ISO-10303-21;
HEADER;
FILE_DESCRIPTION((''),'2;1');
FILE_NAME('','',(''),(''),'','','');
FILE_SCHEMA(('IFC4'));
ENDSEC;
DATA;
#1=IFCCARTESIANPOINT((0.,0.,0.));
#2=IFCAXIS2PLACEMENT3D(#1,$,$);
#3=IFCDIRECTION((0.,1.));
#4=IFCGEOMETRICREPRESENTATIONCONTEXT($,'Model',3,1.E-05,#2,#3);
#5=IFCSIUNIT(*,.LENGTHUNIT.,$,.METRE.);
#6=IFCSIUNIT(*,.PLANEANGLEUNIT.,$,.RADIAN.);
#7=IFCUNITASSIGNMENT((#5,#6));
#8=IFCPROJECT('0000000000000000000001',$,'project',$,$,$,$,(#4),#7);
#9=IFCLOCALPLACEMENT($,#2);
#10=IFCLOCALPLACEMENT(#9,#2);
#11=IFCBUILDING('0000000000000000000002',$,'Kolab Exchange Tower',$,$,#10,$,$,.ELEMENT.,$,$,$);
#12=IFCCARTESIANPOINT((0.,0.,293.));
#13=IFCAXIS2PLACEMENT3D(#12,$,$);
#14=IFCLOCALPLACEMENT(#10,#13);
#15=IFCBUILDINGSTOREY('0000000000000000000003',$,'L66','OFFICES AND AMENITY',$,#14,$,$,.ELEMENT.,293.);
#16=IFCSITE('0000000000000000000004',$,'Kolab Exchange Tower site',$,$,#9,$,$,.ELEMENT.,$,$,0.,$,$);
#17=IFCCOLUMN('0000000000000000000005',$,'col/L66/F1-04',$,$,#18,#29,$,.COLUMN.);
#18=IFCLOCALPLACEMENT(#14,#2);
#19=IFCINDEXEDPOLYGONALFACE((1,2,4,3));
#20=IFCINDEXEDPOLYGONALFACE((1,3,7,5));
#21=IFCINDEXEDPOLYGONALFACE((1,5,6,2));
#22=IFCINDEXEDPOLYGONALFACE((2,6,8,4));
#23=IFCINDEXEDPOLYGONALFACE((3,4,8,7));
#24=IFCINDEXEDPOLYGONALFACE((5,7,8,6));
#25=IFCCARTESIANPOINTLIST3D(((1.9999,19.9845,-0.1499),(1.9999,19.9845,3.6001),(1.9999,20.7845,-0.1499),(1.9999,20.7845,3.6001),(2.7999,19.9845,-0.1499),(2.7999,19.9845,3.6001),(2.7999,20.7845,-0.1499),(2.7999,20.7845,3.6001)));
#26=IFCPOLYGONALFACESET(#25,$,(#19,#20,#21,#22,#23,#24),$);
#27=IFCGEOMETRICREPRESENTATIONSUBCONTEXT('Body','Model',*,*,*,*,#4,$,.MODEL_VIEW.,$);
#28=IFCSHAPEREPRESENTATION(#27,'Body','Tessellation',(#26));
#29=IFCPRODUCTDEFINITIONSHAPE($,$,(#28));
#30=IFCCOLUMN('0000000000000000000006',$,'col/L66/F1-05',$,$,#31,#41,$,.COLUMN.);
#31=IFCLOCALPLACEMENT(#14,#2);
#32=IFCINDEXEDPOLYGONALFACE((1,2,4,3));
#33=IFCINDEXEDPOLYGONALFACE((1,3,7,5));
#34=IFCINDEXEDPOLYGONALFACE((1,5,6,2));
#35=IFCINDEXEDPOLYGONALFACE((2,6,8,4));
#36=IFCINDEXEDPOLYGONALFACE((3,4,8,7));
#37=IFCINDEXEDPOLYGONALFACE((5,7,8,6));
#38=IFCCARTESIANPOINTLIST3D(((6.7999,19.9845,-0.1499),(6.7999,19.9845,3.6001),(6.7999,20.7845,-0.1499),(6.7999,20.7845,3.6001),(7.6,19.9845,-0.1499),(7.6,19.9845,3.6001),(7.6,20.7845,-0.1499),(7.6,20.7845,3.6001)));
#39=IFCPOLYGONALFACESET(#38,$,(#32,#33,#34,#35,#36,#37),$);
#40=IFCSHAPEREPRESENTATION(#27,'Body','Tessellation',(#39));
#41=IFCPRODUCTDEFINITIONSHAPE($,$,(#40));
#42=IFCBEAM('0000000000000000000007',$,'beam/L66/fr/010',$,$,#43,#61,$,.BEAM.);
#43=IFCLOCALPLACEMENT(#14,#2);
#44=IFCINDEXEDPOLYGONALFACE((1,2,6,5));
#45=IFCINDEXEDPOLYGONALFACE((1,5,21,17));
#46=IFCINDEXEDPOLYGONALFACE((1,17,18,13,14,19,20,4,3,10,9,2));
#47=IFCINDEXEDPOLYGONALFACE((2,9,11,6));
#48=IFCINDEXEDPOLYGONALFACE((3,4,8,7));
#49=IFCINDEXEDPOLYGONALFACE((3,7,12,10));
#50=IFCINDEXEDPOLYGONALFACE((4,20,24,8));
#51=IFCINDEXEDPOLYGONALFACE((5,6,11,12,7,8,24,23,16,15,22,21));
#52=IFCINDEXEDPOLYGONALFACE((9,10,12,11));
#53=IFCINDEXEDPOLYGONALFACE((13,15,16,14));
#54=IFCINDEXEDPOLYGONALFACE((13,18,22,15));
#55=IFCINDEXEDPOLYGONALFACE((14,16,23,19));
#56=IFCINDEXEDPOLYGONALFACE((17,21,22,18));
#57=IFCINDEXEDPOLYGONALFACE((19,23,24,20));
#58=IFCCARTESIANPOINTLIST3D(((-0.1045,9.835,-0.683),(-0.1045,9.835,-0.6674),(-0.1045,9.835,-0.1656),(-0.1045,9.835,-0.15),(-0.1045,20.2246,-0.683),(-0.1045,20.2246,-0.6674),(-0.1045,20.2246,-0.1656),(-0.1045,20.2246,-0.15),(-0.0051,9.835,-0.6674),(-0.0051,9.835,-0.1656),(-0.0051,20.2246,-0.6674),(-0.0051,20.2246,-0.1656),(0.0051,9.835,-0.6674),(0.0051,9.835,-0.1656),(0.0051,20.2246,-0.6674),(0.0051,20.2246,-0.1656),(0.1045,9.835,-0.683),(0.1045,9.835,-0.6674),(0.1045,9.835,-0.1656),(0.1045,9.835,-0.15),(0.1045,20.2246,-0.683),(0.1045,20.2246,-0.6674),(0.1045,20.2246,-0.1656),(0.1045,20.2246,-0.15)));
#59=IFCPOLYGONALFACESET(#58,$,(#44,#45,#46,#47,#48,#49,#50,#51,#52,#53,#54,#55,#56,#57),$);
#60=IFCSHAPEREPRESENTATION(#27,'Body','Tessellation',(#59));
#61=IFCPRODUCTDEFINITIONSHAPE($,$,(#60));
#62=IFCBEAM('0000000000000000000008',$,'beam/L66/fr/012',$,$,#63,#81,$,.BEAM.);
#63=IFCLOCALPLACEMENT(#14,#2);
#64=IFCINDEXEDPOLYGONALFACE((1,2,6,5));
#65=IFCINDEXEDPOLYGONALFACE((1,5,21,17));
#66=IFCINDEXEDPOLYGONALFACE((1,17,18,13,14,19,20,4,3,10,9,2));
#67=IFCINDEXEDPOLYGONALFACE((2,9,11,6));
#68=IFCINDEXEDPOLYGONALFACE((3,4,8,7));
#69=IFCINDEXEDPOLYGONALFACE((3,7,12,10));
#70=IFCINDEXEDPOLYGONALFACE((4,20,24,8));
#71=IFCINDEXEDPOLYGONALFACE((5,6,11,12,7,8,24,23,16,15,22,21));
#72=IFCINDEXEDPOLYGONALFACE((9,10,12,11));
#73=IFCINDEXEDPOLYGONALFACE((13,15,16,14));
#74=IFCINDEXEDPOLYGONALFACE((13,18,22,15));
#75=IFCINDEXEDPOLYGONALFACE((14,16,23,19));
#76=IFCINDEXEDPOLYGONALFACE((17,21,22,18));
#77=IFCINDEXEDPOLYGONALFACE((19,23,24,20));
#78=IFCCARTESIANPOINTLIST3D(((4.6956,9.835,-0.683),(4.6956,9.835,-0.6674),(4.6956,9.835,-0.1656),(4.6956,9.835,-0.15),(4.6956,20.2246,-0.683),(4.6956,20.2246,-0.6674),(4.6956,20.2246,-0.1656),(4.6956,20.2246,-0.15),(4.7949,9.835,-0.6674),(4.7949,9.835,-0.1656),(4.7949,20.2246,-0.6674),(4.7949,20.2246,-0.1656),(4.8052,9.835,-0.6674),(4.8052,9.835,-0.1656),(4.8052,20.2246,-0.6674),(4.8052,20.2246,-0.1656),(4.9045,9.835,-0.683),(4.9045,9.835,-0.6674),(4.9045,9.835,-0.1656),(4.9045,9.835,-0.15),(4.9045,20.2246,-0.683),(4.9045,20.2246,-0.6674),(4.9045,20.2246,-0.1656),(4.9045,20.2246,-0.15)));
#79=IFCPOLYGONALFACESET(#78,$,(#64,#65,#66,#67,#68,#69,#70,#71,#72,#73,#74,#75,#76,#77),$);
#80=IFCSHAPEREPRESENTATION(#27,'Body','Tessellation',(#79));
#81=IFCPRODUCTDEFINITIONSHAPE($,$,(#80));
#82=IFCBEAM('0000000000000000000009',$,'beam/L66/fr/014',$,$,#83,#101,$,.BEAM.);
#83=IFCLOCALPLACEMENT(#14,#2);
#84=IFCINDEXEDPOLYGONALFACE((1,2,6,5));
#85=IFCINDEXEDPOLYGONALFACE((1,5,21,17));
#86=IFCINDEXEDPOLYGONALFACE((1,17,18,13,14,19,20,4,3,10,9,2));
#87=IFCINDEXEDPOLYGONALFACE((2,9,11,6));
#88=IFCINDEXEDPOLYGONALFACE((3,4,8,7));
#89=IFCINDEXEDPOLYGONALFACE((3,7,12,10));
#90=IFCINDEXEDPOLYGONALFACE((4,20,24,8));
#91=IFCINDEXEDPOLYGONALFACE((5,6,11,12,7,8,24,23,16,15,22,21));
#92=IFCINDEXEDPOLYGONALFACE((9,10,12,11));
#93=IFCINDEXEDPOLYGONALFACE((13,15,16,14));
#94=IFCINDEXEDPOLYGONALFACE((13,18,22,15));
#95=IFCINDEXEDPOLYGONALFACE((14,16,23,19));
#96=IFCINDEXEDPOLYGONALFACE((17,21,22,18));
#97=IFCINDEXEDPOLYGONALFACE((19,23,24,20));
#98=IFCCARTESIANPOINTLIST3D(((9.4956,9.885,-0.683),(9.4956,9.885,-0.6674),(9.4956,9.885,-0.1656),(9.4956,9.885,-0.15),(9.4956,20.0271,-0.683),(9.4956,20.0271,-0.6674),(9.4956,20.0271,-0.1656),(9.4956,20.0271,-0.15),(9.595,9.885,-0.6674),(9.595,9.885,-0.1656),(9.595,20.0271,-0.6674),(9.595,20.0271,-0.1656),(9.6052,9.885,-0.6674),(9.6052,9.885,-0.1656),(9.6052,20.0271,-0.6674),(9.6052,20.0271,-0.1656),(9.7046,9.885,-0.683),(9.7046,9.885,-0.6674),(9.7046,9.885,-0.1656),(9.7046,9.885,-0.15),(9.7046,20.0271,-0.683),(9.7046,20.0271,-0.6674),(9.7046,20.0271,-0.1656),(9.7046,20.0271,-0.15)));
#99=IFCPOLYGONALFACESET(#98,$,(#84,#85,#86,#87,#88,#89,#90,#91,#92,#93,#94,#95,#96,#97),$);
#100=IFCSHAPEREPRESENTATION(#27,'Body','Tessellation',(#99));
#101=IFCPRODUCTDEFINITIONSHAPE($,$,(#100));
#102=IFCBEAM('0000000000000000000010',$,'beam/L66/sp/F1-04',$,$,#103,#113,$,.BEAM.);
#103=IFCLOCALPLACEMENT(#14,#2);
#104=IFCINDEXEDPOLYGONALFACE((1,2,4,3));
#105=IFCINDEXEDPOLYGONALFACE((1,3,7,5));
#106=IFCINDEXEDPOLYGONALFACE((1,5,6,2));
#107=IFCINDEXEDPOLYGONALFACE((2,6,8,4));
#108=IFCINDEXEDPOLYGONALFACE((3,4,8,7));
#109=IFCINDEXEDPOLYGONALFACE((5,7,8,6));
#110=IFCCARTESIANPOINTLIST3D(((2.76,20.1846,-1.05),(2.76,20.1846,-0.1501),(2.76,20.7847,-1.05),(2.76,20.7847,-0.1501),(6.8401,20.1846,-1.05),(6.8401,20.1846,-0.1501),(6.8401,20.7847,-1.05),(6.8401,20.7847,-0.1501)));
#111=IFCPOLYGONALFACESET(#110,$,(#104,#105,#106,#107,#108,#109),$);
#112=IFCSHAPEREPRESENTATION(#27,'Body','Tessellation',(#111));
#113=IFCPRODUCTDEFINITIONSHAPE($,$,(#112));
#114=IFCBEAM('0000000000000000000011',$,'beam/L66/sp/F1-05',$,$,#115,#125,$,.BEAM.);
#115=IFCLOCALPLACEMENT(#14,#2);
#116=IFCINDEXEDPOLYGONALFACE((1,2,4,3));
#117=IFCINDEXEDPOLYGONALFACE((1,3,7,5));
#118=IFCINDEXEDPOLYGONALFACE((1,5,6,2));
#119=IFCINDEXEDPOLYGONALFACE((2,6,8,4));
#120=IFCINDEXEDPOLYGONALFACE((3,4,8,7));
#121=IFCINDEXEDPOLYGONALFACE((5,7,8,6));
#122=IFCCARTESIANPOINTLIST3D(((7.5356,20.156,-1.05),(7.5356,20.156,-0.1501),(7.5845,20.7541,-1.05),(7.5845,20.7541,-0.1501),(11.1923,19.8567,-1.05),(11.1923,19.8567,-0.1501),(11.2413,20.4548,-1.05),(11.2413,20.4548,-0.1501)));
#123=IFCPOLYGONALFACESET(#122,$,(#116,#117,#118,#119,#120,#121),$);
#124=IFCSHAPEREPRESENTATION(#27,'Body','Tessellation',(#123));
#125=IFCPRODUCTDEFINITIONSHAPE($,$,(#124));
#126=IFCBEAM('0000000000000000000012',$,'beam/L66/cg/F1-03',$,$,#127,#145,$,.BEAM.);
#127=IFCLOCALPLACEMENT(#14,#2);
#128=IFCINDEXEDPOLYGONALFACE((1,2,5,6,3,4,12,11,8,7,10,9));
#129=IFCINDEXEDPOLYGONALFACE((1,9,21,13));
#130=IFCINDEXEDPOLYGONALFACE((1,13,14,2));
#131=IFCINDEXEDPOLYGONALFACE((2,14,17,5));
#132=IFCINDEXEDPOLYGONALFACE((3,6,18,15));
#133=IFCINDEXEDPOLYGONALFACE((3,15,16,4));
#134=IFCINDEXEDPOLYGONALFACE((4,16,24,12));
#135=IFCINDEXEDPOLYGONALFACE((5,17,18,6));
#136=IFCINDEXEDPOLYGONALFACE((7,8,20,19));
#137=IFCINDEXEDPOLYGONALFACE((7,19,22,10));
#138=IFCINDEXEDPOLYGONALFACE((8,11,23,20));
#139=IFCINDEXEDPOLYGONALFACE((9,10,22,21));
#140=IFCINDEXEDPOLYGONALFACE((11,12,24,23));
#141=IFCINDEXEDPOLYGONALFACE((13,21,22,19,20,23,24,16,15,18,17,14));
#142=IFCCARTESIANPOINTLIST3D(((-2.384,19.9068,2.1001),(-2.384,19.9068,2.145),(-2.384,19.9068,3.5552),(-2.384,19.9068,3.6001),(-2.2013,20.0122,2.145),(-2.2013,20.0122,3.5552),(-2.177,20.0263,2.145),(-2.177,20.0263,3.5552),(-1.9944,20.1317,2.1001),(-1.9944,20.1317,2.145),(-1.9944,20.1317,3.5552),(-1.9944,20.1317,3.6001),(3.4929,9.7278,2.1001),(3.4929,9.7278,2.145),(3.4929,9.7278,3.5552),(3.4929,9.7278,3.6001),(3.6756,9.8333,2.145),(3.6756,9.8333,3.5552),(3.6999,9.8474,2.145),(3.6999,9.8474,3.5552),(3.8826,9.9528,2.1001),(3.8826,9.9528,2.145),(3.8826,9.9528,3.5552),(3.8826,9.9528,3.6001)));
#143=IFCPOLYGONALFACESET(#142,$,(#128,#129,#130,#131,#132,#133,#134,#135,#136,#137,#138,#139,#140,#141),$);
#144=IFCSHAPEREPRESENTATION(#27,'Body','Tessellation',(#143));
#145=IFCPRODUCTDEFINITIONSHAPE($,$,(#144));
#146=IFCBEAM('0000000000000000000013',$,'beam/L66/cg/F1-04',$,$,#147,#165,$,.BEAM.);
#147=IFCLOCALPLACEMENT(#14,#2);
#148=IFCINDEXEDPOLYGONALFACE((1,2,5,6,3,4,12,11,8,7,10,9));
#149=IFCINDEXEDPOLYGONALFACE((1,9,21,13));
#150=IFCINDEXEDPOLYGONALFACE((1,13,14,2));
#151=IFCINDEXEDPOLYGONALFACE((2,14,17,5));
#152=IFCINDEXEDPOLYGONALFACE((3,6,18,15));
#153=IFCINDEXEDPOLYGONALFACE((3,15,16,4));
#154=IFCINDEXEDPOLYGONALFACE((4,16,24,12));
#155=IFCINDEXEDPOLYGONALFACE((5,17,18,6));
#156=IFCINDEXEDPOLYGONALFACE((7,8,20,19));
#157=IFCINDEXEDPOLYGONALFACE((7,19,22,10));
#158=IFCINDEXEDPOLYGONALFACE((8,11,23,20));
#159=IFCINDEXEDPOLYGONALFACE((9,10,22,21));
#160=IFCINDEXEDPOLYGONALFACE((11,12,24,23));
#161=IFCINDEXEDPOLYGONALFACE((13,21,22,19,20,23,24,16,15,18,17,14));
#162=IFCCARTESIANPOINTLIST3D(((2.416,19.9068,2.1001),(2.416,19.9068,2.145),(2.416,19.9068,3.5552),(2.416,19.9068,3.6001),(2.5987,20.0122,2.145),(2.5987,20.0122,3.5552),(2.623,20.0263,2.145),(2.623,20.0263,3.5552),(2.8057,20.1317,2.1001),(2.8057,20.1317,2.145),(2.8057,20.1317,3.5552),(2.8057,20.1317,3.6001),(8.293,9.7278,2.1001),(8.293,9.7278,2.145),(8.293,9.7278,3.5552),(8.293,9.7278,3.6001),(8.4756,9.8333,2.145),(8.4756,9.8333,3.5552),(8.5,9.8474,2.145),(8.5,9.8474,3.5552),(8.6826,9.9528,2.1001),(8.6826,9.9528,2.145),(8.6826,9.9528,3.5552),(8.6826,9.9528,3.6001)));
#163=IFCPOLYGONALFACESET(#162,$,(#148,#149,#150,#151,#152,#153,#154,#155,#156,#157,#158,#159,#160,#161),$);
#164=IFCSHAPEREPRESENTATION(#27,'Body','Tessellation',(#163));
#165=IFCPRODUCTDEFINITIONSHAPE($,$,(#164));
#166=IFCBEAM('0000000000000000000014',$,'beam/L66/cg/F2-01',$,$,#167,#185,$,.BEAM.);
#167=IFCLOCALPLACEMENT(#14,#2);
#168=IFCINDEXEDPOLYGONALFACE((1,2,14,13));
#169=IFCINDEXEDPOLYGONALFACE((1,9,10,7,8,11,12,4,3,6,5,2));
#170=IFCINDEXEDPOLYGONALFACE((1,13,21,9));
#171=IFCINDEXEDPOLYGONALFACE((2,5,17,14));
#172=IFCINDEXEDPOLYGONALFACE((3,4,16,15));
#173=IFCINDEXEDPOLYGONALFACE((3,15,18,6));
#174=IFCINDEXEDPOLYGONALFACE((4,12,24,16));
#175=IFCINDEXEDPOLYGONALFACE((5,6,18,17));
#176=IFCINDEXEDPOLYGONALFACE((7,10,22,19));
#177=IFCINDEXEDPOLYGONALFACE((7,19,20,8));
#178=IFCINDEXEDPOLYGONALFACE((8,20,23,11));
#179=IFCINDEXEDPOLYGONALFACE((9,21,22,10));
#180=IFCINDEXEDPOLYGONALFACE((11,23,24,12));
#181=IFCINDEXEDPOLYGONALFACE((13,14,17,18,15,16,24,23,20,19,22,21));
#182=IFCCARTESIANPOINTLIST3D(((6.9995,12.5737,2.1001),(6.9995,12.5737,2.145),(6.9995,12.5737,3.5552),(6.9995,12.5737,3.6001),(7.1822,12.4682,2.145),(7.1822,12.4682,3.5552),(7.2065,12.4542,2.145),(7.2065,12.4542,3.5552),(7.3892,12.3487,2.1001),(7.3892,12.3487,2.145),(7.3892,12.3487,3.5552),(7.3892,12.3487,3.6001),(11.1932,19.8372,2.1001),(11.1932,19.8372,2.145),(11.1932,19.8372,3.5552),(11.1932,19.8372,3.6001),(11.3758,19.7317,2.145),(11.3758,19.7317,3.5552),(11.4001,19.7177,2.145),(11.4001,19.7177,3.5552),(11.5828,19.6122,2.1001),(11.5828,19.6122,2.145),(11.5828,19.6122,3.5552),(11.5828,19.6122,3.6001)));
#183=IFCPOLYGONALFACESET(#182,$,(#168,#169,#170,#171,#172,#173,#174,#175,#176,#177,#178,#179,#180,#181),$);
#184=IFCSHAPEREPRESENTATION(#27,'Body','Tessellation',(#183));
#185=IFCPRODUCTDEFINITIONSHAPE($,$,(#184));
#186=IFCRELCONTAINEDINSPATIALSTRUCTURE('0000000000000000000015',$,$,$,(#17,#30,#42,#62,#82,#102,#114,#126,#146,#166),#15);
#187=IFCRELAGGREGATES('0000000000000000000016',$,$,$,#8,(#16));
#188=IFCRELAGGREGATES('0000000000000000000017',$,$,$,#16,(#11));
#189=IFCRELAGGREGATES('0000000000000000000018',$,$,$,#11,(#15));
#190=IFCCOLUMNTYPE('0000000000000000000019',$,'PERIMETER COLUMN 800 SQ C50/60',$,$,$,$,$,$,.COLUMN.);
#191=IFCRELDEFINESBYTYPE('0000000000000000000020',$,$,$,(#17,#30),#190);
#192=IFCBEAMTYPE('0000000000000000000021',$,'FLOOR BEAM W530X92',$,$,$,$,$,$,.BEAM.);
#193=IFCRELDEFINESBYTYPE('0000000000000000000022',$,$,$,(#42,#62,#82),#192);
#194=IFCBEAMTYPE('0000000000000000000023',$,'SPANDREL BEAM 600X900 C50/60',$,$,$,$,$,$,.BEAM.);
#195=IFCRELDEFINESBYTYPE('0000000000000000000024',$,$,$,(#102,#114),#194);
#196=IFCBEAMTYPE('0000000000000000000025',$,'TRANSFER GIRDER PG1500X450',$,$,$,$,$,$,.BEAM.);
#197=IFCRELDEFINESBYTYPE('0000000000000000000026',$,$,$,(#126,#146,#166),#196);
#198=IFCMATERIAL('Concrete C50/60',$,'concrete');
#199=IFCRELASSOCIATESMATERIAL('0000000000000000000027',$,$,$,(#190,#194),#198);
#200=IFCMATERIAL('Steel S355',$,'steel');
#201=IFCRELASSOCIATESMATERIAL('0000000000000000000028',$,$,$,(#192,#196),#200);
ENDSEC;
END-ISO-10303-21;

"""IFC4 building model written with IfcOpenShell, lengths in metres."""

from ifc_helpers import new_model, si_unit, direction, frame, origin, origin_2d, place, context, subcontext, project, spatial, rectangle, i_section, extrude, material, material_profile, profile_set, type_object, element, save


model = new_model("IFC4")

# Units and contexts
model_context = context("Model", 3, precision=1e-05, world=origin(), true_north=direction((0.0, 1.0)))
body_context = subcontext(model_context, "Body", "Model", "MODEL_VIEW")
ifc_project = project(units=[si_unit("LENGTHUNIT", "METRE"), si_unit("PLANEANGLEUNIT", "RADIAN")], contexts=[model_context])

# Site, building, storey
site_placement = place(None, origin())
site = spatial("IfcSite", under=ifc_project, at=site_placement, Name="Kolab Exchange Tower site", CompositionType="ELEMENT", RefElevation=0.0)
building_placement = place(site_placement, origin())
building = spatial("IfcBuilding", under=site, at=building_placement, Name="Kolab Exchange Tower", CompositionType="ELEMENT")
storey_placement = place(building_placement, frame((0.0, 0.0, 293.0)))
storey = spatial("IfcBuildingStorey", under=building, at=storey_placement, Name="L66", Description="OFFICES AND AMENITY", CompositionType="ELEMENT", Elevation=293.0)

# Columns
ifc_material_1 = material(Name="Concrete C50/60", Category="concrete")
ifc_material_profile_1 = material_profile(ifc_material_1, rectangle(XDim=0.8, YDim=0.8, at=origin_2d()), Name="RC800")
ifc_profile_set_1 = profile_set([ifc_material_profile_1], Name="Concrete C50/60")
column_type = type_object("IfcColumnType", Name="PERIMETER COLUMN 800 SQ C50/60", PredefinedType="COLUMN", material=ifc_profile_set_1)
for number, where, z_axis, x_axis, name in (
    (1, (2.3999, 20.3845, -0.1499), (0.0, 0.0, 1.0), (1.0, 0.0, 0.0), "col/L66/F1-04"),
    (2, (7.2, 20.3845, -0.1499), (0.0, 0.0, 1.0), (1.0, 0.0, 0.0), "col/L66/F1-05"),
):
    element("IfcColumn", number, at=place(storey_placement, frame(where, z_axis=z_axis, x_axis=x_axis)), inside=storey, type_object=column_type, Name=name, PredefinedType="COLUMN", context=body_context, shape_type="SweptSolid", body=[
        extrude(rectangle(XDim=0.8, YDim=0.8, at=origin_2d()), origin(), (0.0, 0.0, 1.0), 3.75),
    ])

# Beams
ifc_material_2 = material(Name="Steel S355", Category="steel")
ifc_material_profile_2 = material_profile(ifc_material_2, i_section(OverallWidth=0.209, OverallDepth=0.533, WebThickness=0.0103, FlangeThickness=0.0156, at=origin_2d()), Name="W530X92")
ifc_profile_set_2 = profile_set([ifc_material_profile_2], Name="Steel S355")
beam_type_1 = type_object("IfcBeamType", Name="FLOOR BEAM W530X92", PredefinedType="BEAM", material=ifc_profile_set_2)
for number, where, z_axis, x_axis, name in (
    (3, (0.0, 9.835, -0.4165), (0.0, 1.0, 0.0), (-1.0, 0.0, 0.0), "beam/L66/fr/010"),
    (4, (4.8, 9.835, -0.4165), (0.0, 1.0, 0.0), (-1.0, 0.0, 0.0), "beam/L66/fr/012"),
):
    element("IfcBeam", number, at=place(storey_placement, frame(where, z_axis=z_axis, x_axis=x_axis)), inside=storey, type_object=beam_type_1, Name=name, PredefinedType="BEAM", context=body_context, shape_type="SweptSolid", body=[
        extrude(i_section(OverallWidth=0.209, OverallDepth=0.533, WebThickness=0.0103, FlangeThickness=0.0156, at=origin_2d()), origin(), (0.0, 0.0, 1.0), 10.3896),
    ])
beam_1_placement = place(storey_placement, frame((9.6001, 9.885, -0.4165), z_axis=(0.0, 1.0, 0.0), x_axis=(-1.0, 0.0, 0.0)))
element("IfcBeam", 5, at=beam_1_placement, inside=storey, type_object=beam_type_1, Name="beam/L66/fr/014", PredefinedType="BEAM", context=body_context, shape_type="SweptSolid", body=[
    extrude(i_section(OverallWidth=0.209, OverallDepth=0.533, WebThickness=0.0103, FlangeThickness=0.0156, at=origin_2d()), origin(), (0.0, 0.0, 1.0), 10.1421),
])
ifc_material_profile_3 = material_profile(ifc_material_1, rectangle(XDim=0.6001, YDim=0.8999, at=origin_2d()), Name="RC600X900")
ifc_profile_set_3 = profile_set([ifc_material_profile_3], Name="Concrete C50/60")
beam_type_2 = type_object("IfcBeamType", Name="SPANDREL BEAM 600X900 C50/60", PredefinedType="BEAM", material=ifc_profile_set_3)
beam_2_placement = place(storey_placement, frame((2.76, 20.4846, -0.6001), z_axis=(1.0, 0.0, 0.0), x_axis=(0.0, 1.0, 0.0)))
element("IfcBeam", 6, at=beam_2_placement, inside=storey, type_object=beam_type_2, Name="beam/L66/sp/F1-04", PredefinedType="BEAM", context=body_context, shape_type="SweptSolid", body=[
    extrude(rectangle(XDim=0.6001, YDim=0.8999, at=origin_2d()), origin(), (0.0, 0.0, 1.0), 4.0801),
])
beam_3_placement = place(storey_placement, frame((7.5601, 20.4551, -0.6001), z_axis=(0.996667, -0.081581, 0.0), x_axis=(0.081581, 0.996667, 0.0)))
element("IfcBeam", 7, at=beam_3_placement, inside=storey, type_object=beam_type_2, Name="beam/L66/sp/F1-05", PredefinedType="BEAM", context=body_context, shape_type="SweptSolid", body=[
    extrude(rectangle(XDim=0.6001, YDim=0.8999, at=origin_2d()), origin(), (0.0, 0.0, 1.0), 3.6689),
])
ifc_material_profile_4 = material_profile(ifc_material_2, i_section(OverallWidth=0.45, OverallDepth=1.5, WebThickness=0.0281, FlangeThickness=0.0449, at=origin_2d()), Name="PG1500X450")
ifc_profile_set_4 = profile_set([ifc_material_profile_4], Name="Steel S355")
beam_type_3 = type_object("IfcBeamType", Name="TRANSFER GIRDER PG1500X450", PredefinedType="BEAM", material=ifc_profile_set_4)
for number, where, z_axis, x_axis, name in (
    (8, (3.6877, 9.8403, 2.8501), (-0.500008, 0.866021, 0.0), (-0.866021, -0.500008, 0.0), "beam/L66/cg/F1-03"),
    (9, (8.4878, 9.8403, 2.8501), (-0.500008, 0.866021, 0.0), (-0.866021, -0.500008, 0.0), "beam/L66/cg/F1-04"),
):
    element("IfcBeam", number, at=place(storey_placement, frame(where, z_axis=z_axis, x_axis=x_axis)), inside=storey, type_object=beam_type_3, Name=name, PredefinedType="BEAM", context=body_context, shape_type="SweptSolid", body=[
        extrude(i_section(OverallWidth=0.45, OverallDepth=1.5, WebThickness=0.0281, FlangeThickness=0.0449, at=origin_2d()), origin(), (0.0, 0.0, 1.0), 11.7537),
    ])
beam_4_placement = place(storey_placement, frame((7.1943, 12.4612, 2.8501), z_axis=(0.500006, 0.866022, 0.0), x_axis=(-0.866022, 0.500006, 0.0)))
element("IfcBeam", 10, at=beam_4_placement, inside=storey, type_object=beam_type_3, Name="beam/L66/cg/F2-01", PredefinedType="BEAM", context=body_context, shape_type="SweptSolid", body=[
    extrude(i_section(OverallWidth=0.45, OverallDepth=1.5, WebThickness=0.0281, FlangeThickness=0.0449, at=origin_2d()), origin(), (0.0, 0.0, 1.0), 8.3872),
])

save(model, "model.ifc")
